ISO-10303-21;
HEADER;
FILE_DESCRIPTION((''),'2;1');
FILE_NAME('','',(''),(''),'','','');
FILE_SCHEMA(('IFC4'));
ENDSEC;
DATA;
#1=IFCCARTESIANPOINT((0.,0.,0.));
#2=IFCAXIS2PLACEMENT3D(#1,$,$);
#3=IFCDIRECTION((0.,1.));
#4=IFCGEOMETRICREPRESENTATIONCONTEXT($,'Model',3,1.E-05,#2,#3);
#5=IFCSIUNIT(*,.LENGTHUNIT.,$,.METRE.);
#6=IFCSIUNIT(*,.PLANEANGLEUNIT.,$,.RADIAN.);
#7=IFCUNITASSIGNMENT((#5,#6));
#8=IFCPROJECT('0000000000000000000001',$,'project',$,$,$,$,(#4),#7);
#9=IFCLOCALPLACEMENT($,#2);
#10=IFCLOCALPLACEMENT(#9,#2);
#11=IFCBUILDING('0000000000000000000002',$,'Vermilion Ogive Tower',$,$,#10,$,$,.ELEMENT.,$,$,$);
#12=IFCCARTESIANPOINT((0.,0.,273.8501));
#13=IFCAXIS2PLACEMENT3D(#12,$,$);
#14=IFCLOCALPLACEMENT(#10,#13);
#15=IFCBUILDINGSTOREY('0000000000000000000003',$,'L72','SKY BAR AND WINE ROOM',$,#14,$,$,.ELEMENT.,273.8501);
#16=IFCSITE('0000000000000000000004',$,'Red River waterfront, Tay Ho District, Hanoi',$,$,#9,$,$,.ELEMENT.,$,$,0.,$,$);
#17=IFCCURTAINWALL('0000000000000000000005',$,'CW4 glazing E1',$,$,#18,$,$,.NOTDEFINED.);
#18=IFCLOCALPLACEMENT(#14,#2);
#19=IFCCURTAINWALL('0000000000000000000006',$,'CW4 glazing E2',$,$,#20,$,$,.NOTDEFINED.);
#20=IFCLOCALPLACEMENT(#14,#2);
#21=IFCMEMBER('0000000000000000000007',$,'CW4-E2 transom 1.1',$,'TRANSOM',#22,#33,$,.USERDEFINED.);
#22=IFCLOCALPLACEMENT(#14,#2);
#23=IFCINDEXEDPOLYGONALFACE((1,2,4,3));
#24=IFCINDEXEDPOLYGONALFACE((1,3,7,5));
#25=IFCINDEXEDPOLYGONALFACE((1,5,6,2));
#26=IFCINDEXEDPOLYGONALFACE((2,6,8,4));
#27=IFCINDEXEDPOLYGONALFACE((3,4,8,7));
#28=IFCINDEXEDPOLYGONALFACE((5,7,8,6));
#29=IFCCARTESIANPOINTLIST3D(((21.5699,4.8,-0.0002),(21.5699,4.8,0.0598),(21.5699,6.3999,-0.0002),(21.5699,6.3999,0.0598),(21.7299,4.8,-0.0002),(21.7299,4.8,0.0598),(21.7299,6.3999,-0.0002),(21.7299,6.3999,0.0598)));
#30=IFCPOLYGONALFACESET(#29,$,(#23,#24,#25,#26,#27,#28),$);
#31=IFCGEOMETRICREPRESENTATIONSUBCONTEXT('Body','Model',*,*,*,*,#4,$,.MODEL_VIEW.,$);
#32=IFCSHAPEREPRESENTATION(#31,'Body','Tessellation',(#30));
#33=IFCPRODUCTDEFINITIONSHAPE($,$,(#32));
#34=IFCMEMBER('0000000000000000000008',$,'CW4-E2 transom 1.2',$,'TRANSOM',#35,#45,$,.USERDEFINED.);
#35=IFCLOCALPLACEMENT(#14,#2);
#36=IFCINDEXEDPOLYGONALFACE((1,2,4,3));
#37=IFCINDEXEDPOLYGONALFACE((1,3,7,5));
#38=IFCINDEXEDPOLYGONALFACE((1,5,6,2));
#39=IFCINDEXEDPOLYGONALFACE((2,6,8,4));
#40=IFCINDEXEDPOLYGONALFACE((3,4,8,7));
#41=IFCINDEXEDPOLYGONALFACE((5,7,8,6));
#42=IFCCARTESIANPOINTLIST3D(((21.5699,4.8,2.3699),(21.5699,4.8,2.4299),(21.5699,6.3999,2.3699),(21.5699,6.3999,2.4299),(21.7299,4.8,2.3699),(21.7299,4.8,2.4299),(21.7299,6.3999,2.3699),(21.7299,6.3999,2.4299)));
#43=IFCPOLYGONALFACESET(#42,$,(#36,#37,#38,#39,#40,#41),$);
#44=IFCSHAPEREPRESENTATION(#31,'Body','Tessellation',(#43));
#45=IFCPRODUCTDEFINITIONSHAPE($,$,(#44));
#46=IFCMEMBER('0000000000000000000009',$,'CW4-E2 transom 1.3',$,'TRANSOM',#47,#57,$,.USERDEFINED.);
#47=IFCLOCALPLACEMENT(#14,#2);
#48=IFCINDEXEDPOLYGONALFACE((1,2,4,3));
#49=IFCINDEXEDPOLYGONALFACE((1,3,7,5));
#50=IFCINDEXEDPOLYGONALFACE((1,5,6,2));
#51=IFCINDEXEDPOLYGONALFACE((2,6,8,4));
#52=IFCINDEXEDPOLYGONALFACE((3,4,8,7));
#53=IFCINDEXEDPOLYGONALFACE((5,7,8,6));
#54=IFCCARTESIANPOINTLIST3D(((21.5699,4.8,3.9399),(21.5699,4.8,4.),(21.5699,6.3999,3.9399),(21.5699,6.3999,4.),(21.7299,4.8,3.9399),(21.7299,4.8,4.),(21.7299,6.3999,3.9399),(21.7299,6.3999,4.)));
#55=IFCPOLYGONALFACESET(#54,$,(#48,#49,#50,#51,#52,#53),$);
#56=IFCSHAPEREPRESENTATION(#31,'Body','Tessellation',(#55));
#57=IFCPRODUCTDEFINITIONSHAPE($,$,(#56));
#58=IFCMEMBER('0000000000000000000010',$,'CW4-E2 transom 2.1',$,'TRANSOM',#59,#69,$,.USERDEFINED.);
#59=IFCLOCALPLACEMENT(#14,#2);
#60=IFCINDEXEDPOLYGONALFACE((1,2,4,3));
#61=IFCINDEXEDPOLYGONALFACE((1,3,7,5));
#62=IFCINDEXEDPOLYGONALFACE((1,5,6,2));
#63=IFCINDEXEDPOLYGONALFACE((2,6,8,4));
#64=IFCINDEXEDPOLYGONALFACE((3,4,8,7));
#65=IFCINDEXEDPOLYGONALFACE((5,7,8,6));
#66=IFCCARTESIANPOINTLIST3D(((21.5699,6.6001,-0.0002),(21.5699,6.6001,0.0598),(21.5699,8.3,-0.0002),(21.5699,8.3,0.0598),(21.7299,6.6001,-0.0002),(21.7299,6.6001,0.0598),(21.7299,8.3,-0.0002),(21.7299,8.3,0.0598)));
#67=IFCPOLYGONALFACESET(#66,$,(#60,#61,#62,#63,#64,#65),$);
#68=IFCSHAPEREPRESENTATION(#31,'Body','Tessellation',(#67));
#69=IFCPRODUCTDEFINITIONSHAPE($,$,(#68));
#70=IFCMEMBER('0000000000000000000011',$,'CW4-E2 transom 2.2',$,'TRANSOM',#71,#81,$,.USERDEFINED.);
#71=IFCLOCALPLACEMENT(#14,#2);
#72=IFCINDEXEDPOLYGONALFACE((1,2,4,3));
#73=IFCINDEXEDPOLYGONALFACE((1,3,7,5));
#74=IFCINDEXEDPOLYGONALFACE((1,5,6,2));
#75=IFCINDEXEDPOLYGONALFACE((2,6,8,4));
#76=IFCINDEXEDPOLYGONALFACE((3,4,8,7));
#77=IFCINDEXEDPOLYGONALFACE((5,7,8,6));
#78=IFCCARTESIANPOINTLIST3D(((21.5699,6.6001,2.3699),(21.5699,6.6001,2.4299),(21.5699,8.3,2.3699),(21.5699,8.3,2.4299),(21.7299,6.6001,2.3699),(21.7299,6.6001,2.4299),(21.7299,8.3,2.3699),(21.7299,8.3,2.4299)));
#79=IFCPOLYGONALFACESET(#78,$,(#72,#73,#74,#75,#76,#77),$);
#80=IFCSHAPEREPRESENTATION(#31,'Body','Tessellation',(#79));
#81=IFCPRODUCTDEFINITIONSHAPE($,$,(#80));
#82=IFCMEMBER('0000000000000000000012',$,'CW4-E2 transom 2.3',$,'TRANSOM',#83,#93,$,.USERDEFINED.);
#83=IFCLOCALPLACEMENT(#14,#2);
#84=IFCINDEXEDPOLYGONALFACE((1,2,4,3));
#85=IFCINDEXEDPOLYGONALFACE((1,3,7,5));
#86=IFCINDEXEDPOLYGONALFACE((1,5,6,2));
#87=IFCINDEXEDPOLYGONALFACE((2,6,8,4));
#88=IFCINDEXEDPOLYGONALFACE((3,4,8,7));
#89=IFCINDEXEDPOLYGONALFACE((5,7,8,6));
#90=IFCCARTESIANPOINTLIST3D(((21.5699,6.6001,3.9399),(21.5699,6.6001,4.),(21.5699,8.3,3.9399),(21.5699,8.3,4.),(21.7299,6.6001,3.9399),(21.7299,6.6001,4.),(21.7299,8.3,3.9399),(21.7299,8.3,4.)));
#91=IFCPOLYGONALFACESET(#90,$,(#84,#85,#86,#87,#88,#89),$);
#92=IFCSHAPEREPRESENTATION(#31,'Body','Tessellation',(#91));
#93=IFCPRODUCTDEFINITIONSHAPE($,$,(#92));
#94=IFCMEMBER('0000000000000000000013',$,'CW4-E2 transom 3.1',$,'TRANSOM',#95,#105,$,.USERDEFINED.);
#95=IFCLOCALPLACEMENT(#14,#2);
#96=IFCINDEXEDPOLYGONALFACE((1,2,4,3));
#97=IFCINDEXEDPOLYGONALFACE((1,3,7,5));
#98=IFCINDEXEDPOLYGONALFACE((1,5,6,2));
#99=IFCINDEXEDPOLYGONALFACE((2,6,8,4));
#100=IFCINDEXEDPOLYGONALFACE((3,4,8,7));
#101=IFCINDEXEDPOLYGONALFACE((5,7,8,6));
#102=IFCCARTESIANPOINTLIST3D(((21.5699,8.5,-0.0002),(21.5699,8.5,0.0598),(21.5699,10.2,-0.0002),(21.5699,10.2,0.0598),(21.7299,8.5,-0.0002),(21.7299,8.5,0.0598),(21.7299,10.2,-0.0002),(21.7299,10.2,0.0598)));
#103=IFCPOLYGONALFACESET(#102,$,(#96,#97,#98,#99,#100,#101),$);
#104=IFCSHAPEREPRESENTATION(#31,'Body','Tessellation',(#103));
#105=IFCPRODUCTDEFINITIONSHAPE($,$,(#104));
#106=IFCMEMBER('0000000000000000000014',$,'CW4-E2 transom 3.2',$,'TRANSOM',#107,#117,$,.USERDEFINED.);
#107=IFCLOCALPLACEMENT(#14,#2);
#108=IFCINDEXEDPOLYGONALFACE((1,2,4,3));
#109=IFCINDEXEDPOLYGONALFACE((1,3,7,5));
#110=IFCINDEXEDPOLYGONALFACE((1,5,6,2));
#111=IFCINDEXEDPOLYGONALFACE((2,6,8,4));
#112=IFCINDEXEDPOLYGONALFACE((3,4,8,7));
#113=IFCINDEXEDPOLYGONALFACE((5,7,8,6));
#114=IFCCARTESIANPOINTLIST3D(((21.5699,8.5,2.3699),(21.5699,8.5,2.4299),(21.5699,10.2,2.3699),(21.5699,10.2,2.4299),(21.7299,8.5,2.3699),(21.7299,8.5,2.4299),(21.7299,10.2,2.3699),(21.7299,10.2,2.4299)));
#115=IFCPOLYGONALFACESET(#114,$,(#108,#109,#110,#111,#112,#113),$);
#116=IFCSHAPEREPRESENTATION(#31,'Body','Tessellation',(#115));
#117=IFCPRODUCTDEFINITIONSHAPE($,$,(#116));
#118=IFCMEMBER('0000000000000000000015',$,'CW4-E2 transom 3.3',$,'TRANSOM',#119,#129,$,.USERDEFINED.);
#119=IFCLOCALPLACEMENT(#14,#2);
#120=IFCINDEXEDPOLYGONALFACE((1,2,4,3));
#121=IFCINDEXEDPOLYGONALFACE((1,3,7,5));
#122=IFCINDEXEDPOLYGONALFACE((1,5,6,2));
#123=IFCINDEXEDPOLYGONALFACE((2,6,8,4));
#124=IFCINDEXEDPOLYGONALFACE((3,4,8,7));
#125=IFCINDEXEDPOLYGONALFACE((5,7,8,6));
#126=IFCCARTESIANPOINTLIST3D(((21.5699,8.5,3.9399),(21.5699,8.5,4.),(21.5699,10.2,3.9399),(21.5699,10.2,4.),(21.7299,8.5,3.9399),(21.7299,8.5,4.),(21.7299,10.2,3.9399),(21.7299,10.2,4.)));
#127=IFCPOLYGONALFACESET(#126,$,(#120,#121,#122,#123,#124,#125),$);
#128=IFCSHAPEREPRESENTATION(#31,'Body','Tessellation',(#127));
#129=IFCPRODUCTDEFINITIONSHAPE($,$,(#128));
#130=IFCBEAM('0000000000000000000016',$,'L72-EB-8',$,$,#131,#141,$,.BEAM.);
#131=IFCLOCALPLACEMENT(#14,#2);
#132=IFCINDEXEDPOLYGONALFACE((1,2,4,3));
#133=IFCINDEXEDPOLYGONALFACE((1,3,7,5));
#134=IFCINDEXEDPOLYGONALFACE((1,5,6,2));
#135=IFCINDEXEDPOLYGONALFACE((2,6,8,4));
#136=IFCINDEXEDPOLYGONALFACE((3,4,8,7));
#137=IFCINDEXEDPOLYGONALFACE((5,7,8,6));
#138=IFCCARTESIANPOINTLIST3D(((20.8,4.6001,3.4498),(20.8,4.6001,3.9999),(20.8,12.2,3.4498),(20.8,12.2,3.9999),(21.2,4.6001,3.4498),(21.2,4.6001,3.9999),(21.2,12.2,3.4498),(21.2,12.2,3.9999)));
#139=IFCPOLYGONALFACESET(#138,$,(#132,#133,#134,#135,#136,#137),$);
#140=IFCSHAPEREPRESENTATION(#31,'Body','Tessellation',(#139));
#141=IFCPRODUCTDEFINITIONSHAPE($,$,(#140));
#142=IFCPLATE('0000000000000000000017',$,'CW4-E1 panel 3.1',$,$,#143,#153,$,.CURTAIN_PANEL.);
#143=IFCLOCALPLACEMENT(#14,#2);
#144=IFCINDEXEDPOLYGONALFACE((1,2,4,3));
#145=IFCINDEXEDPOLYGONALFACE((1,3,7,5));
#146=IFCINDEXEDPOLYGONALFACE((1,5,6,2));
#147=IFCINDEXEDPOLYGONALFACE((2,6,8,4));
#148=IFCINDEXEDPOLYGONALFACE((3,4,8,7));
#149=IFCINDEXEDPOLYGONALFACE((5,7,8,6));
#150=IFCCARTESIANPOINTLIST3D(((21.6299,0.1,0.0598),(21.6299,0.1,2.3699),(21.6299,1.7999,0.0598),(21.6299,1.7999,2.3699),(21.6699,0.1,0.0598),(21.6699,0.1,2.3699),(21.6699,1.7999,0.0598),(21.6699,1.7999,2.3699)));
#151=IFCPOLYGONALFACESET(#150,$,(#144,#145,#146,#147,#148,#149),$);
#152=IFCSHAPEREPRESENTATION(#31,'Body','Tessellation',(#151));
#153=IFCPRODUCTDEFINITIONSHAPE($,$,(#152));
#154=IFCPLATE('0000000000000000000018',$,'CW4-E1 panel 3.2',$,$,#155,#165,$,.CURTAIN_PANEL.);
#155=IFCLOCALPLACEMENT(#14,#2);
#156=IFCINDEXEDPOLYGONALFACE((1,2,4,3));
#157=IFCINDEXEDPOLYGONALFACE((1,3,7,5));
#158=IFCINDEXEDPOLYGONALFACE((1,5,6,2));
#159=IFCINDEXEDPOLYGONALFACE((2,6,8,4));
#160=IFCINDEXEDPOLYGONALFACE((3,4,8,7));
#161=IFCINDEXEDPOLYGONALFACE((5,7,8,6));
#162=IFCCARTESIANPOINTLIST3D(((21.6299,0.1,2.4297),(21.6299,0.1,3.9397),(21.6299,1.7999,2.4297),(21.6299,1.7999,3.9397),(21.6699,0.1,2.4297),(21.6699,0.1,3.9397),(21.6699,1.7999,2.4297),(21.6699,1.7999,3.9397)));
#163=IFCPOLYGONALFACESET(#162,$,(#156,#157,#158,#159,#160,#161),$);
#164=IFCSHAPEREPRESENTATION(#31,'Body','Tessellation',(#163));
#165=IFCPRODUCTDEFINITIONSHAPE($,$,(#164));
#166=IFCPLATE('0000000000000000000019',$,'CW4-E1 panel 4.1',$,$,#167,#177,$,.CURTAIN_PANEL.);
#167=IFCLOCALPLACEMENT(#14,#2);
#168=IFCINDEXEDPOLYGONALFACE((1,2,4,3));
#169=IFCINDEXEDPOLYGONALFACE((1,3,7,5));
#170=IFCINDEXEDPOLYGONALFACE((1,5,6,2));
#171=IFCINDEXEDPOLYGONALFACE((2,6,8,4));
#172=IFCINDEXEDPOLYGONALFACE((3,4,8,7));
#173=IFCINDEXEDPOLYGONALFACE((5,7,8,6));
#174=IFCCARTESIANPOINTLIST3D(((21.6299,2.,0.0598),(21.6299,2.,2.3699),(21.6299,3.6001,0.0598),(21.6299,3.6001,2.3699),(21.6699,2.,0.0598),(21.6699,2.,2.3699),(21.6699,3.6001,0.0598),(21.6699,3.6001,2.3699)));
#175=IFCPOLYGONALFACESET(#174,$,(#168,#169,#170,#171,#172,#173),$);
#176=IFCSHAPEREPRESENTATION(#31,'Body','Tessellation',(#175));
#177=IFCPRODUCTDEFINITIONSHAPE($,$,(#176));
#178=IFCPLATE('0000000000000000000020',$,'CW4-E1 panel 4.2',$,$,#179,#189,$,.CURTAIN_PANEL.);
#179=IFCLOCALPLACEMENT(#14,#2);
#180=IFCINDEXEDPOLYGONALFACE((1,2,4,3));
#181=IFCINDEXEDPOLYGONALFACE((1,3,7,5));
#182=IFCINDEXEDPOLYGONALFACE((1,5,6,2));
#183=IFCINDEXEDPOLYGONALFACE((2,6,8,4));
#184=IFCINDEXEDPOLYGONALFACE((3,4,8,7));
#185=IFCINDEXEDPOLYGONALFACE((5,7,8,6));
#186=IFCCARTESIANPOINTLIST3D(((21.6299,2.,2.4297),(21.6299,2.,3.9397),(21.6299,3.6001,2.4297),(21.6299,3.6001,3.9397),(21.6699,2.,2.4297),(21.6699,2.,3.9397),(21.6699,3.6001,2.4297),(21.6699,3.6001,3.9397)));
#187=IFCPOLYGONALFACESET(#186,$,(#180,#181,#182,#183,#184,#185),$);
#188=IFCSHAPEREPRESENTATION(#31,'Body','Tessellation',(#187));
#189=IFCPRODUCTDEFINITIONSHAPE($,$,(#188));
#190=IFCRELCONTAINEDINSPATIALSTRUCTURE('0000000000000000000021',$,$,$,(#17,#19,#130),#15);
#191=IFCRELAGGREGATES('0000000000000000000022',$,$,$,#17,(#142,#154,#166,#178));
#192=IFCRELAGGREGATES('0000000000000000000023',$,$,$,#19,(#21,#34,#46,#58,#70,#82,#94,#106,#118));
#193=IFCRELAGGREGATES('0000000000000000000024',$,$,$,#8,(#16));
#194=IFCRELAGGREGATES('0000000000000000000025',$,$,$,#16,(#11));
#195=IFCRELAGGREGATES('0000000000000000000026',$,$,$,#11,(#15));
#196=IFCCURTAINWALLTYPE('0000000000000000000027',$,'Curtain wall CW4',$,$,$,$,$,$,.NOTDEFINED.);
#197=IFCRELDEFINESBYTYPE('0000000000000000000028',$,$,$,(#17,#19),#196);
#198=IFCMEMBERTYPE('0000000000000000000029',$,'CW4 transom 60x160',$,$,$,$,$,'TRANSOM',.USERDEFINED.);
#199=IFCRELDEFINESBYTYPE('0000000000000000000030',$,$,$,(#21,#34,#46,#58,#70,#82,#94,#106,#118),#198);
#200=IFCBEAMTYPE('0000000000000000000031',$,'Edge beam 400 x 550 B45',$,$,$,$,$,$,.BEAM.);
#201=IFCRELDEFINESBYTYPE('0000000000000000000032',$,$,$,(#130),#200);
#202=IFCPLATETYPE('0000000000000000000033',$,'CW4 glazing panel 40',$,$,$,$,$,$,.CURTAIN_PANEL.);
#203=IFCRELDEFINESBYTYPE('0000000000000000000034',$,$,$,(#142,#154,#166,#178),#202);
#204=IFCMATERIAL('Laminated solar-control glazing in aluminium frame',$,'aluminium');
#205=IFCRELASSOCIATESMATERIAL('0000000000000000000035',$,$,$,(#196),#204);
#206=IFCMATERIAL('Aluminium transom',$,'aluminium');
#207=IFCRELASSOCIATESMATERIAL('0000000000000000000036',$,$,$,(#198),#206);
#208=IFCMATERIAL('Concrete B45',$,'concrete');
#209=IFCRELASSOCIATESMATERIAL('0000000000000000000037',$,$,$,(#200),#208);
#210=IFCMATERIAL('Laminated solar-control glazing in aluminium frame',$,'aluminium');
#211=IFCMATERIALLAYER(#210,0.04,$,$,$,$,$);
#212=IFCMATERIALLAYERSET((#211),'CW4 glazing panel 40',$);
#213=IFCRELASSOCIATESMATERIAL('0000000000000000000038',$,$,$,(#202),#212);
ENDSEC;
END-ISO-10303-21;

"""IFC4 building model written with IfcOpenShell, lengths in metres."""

from ifc_helpers import new_model, si_unit, direction, frame, origin, origin_2d, place, context, subcontext, project, spatial, rectangle, extrude, material, layer, layer_set, material_profile, profile_set, type_object, element, aggregate, save


model = new_model("IFC4")

# Units and contexts
model_context = context("Model", 3, precision=1e-05, world=origin(), true_north=direction((0.0, 1.0)))
body_context = subcontext(model_context, "Body", "Model", "MODEL_VIEW")
ifc_project = project(units=[si_unit("LENGTHUNIT", "METRE"), si_unit("PLANEANGLEUNIT", "RADIAN")], contexts=[model_context])

# Site, building, storey
site_placement = place(None, origin())
site = spatial("IfcSite", under=ifc_project, at=site_placement, Name="Red River waterfront, Tay Ho District, Hanoi", CompositionType="ELEMENT", RefElevation=0.0)
building_placement = place(site_placement, origin())
building = spatial("IfcBuilding", under=site, at=building_placement, Name="Vermilion Ogive Tower", CompositionType="ELEMENT")
storey_placement = place(building_placement, frame((0.0, 0.0, 273.8501)))
storey = spatial("IfcBuildingStorey", under=building, at=storey_placement, Name="L72", Description="SKY BAR AND WINE ROOM", CompositionType="ELEMENT", Elevation=273.8501)

# Curtain walls
ifc_material_1 = material(Name="Laminated solar-control glazing in aluminium frame", Category="aluminium")
curtain_wall_type = type_object("IfcCurtainWallType", Name="Curtain wall CW4", PredefinedType="NOTDEFINED", material=ifc_material_1)
curtain_wall_1_placement = place(storey_placement, origin())
curtain_wall_1 = element("IfcCurtainWall", 1, at=curtain_wall_1_placement, inside=storey, type_object=curtain_wall_type, Name="CW4 glazing E1", PredefinedType="NOTDEFINED")
curtain_wall_2_placement = place(storey_placement, origin())
curtain_wall_2 = element("IfcCurtainWall", 2, at=curtain_wall_2_placement, inside=storey, type_object=curtain_wall_type, Name="CW4 glazing E2", PredefinedType="NOTDEFINED")

# Members
ifc_material_2 = material(Name="Aluminium transom", Category="aluminium")
ifc_material_profile_1 = material_profile(ifc_material_2, rectangle(XDim=0.1599, YDim=0.0601, at=origin_2d()), Name="AL 60x160")
ifc_profile_set_1 = profile_set([ifc_material_profile_1], Name="Aluminium transom")
member_type_1 = type_object("IfcMemberType", Name="CW4 transom 60x160", ElementType="TRANSOM", PredefinedType="USERDEFINED", material=ifc_profile_set_1)
member_1_placement = place(storey_placement, frame((21.6499, 4.8, 0.0298), z_axis=(0.0, 1.0, 0.0), x_axis=(-1.0, 0.0, 0.0)))
member_1 = element("IfcMember", 3, at=member_1_placement, type_object=member_type_1, Name="CW4-E2 transom 1.1", ObjectType="TRANSOM", PredefinedType="USERDEFINED", context=body_context, shape_type="SweptSolid", body=[
    extrude(rectangle(XDim=0.1599, YDim=0.0601, at=origin_2d()), origin(), (0.0, 0.0, 1.0), 1.5999),
])
member_2_placement = place(storey_placement, frame((21.6499, 4.8, 2.3999), z_axis=(0.0, 1.0, 0.0), x_axis=(-1.0, 0.0, 0.0)))
member_2 = element("IfcMember", 4, at=member_2_placement, type_object=member_type_1, Name="CW4-E2 transom 1.2", ObjectType="TRANSOM", PredefinedType="USERDEFINED", context=body_context, shape_type="SweptSolid", body=[
    extrude(rectangle(XDim=0.1599, YDim=0.0601, at=origin_2d()), origin(), (0.0, 0.0, 1.0), 1.5999),
])
member_3_placement = place(storey_placement, frame((21.6499, 4.8, 3.97), z_axis=(0.0, 1.0, 0.0), x_axis=(-1.0, 0.0, 0.0)))
member_3 = element("IfcMember", 5, at=member_3_placement, type_object=member_type_1, Name="CW4-E2 transom 1.3", ObjectType="TRANSOM", PredefinedType="USERDEFINED", context=body_context, shape_type="SweptSolid", body=[
    extrude(rectangle(XDim=0.1599, YDim=0.0601, at=origin_2d()), origin(), (0.0, 0.0, 1.0), 1.5999),
])
member_4_placement = place(storey_placement, frame((21.6499, 6.6001, 0.0298), z_axis=(0.0, 1.0, 0.0), x_axis=(-1.0, 0.0, 0.0)))
member_4 = element("IfcMember", 6, at=member_4_placement, type_object=member_type_1, Name="CW4-E2 transom 2.1", ObjectType="TRANSOM", PredefinedType="USERDEFINED", context=body_context, shape_type="SweptSolid", body=[
    extrude(rectangle(XDim=0.1599, YDim=0.0601, at=origin_2d()), origin(), (0.0, 0.0, 1.0), 1.7),
])
member_5_placement = place(storey_placement, frame((21.6499, 6.6001, 2.3999), z_axis=(0.0, 1.0, 0.0), x_axis=(-1.0, 0.0, 0.0)))
member_5 = element("IfcMember", 7, at=member_5_placement, type_object=member_type_1, Name="CW4-E2 transom 2.2", ObjectType="TRANSOM", PredefinedType="USERDEFINED", context=body_context, shape_type="SweptSolid", body=[
    extrude(rectangle(XDim=0.1599, YDim=0.0601, at=origin_2d()), origin(), (0.0, 0.0, 1.0), 1.7),
])
member_6_placement = place(storey_placement, frame((21.6499, 6.6001, 3.97), z_axis=(0.0, 1.0, 0.0), x_axis=(-1.0, 0.0, 0.0)))
member_6 = element("IfcMember", 8, at=member_6_placement, type_object=member_type_1, Name="CW4-E2 transom 2.3", ObjectType="TRANSOM", PredefinedType="USERDEFINED", context=body_context, shape_type="SweptSolid", body=[
    extrude(rectangle(XDim=0.1599, YDim=0.0601, at=origin_2d()), origin(), (0.0, 0.0, 1.0), 1.7),
])
member_7_placement = place(storey_placement, frame((21.6499, 8.5, 0.0298), z_axis=(0.0, 1.0, 0.0), x_axis=(-1.0, 0.0, 0.0)))
member_7 = element("IfcMember", 9, at=member_7_placement, type_object=member_type_1, Name="CW4-E2 transom 3.1", ObjectType="TRANSOM", PredefinedType="USERDEFINED", context=body_context, shape_type="SweptSolid", body=[
    extrude(rectangle(XDim=0.1599, YDim=0.0601, at=origin_2d()), origin(), (0.0, 0.0, 1.0), 1.7),
])
member_8_placement = place(storey_placement, frame((21.6499, 8.5, 2.3999), z_axis=(0.0, 1.0, 0.0), x_axis=(-1.0, 0.0, 0.0)))
member_8 = element("IfcMember", 10, at=member_8_placement, type_object=member_type_1, Name="CW4-E2 transom 3.2", ObjectType="TRANSOM", PredefinedType="USERDEFINED", context=body_context, shape_type="SweptSolid", body=[
    extrude(rectangle(XDim=0.1599, YDim=0.0601, at=origin_2d()), origin(), (0.0, 0.0, 1.0), 1.7),
])
member_9_placement = place(storey_placement, frame((21.6499, 8.5, 3.97), z_axis=(0.0, 1.0, 0.0), x_axis=(-1.0, 0.0, 0.0)))
member_9 = element("IfcMember", 11, at=member_9_placement, type_object=member_type_1, Name="CW4-E2 transom 3.3", ObjectType="TRANSOM", PredefinedType="USERDEFINED", context=body_context, shape_type="SweptSolid", body=[
    extrude(rectangle(XDim=0.1599, YDim=0.0601, at=origin_2d()), origin(), (0.0, 0.0, 1.0), 1.7),
])

# Beam
ifc_material_3 = material(Name="Concrete B45", Category="concrete")
ifc_material_profile_2 = material_profile(ifc_material_3, rectangle(XDim=0.3999, YDim=0.55, at=origin_2d()), Name="400 x 550")
ifc_profile_set_2 = profile_set([ifc_material_profile_2], Name="Concrete B45")
beam_type = type_object("IfcBeamType", Name="Edge beam 400 x 550 B45", PredefinedType="BEAM", material=ifc_profile_set_2)
beam_placement = place(storey_placement, frame((21.0, 4.6001, 3.7249), z_axis=(0.0, 1.0, 0.0), x_axis=(-1.0, 0.0, 0.0)))
element("IfcBeam", 12, at=beam_placement, inside=storey, type_object=beam_type, Name="L72-EB-8", PredefinedType="BEAM", context=body_context, shape_type="SweptSolid", body=[
    extrude(rectangle(XDim=0.3999, YDim=0.55, at=origin_2d()), origin(), (0.0, 0.0, 1.0), 7.5999),
])

# Plates
ifc_material_4 = material(Name="Laminated solar-control glazing in aluminium frame", Category="aluminium")
ifc_layer = layer(ifc_material_4, 0.04)
ifc_layer_set = layer_set([ifc_layer], Name="CW4 glazing panel 40")
plate_type = type_object("IfcPlateType", Name="CW4 glazing panel 40", PredefinedType="CURTAIN_PANEL", material=ifc_layer_set)
plate_1_placement = place(storey_placement, frame((21.6499, 0.95, 0.0598), z_axis=(0.0, 0.0, 1.0), x_axis=(0.0, 1.0, 0.0)))
plate_1 = element("IfcPlate", 13, at=plate_1_placement, type_object=plate_type, Name="CW4-E1 panel 3.1", PredefinedType="CURTAIN_PANEL", context=body_context, shape_type="SweptSolid", body=[
    extrude(rectangle(XDim=1.7, YDim=0.04, at=origin_2d()), origin(), (0.0, 0.0, 1.0), 2.3101),
])
plate_2_placement = place(storey_placement, frame((21.6499, 0.95, 2.4297), z_axis=(0.0, 0.0, 1.0), x_axis=(0.0, 1.0, 0.0)))
plate_2 = element("IfcPlate", 14, at=plate_2_placement, type_object=plate_type, Name="CW4-E1 panel 3.2", PredefinedType="CURTAIN_PANEL", context=body_context, shape_type="SweptSolid", body=[
    extrude(rectangle(XDim=1.7, YDim=0.04, at=origin_2d()), origin(), (0.0, 0.0, 1.0), 1.51),
])
plate_3_placement = place(storey_placement, frame((21.6499, 2.8, 0.0598), z_axis=(0.0, 0.0, 1.0), x_axis=(0.0, 1.0, 0.0)))
plate_3 = element("IfcPlate", 15, at=plate_3_placement, type_object=plate_type, Name="CW4-E1 panel 4.1", PredefinedType="CURTAIN_PANEL", context=body_context, shape_type="SweptSolid", body=[
    extrude(rectangle(XDim=1.6001, YDim=0.04, at=origin_2d()), origin(), (0.0, 0.0, 1.0), 2.3101),
])
plate_4_placement = place(storey_placement, frame((21.6499, 2.8, 2.4297), z_axis=(0.0, 0.0, 1.0), x_axis=(0.0, 1.0, 0.0)))
plate_4 = element("IfcPlate", 16, at=plate_4_placement, type_object=plate_type, Name="CW4-E1 panel 4.2", PredefinedType="CURTAIN_PANEL", context=body_context, shape_type="SweptSolid", body=[
    extrude(rectangle(XDim=1.6001, YDim=0.04, at=origin_2d()), origin(), (0.0, 0.0, 1.0), 1.51),
])
aggregate(curtain_wall_1, [plate_1, plate_2, plate_3, plate_4])
aggregate(curtain_wall_2, [member_1, member_2, member_3, member_4, member_5, member_6, member_7, member_8, member_9])

save(model, "model.ifc")
